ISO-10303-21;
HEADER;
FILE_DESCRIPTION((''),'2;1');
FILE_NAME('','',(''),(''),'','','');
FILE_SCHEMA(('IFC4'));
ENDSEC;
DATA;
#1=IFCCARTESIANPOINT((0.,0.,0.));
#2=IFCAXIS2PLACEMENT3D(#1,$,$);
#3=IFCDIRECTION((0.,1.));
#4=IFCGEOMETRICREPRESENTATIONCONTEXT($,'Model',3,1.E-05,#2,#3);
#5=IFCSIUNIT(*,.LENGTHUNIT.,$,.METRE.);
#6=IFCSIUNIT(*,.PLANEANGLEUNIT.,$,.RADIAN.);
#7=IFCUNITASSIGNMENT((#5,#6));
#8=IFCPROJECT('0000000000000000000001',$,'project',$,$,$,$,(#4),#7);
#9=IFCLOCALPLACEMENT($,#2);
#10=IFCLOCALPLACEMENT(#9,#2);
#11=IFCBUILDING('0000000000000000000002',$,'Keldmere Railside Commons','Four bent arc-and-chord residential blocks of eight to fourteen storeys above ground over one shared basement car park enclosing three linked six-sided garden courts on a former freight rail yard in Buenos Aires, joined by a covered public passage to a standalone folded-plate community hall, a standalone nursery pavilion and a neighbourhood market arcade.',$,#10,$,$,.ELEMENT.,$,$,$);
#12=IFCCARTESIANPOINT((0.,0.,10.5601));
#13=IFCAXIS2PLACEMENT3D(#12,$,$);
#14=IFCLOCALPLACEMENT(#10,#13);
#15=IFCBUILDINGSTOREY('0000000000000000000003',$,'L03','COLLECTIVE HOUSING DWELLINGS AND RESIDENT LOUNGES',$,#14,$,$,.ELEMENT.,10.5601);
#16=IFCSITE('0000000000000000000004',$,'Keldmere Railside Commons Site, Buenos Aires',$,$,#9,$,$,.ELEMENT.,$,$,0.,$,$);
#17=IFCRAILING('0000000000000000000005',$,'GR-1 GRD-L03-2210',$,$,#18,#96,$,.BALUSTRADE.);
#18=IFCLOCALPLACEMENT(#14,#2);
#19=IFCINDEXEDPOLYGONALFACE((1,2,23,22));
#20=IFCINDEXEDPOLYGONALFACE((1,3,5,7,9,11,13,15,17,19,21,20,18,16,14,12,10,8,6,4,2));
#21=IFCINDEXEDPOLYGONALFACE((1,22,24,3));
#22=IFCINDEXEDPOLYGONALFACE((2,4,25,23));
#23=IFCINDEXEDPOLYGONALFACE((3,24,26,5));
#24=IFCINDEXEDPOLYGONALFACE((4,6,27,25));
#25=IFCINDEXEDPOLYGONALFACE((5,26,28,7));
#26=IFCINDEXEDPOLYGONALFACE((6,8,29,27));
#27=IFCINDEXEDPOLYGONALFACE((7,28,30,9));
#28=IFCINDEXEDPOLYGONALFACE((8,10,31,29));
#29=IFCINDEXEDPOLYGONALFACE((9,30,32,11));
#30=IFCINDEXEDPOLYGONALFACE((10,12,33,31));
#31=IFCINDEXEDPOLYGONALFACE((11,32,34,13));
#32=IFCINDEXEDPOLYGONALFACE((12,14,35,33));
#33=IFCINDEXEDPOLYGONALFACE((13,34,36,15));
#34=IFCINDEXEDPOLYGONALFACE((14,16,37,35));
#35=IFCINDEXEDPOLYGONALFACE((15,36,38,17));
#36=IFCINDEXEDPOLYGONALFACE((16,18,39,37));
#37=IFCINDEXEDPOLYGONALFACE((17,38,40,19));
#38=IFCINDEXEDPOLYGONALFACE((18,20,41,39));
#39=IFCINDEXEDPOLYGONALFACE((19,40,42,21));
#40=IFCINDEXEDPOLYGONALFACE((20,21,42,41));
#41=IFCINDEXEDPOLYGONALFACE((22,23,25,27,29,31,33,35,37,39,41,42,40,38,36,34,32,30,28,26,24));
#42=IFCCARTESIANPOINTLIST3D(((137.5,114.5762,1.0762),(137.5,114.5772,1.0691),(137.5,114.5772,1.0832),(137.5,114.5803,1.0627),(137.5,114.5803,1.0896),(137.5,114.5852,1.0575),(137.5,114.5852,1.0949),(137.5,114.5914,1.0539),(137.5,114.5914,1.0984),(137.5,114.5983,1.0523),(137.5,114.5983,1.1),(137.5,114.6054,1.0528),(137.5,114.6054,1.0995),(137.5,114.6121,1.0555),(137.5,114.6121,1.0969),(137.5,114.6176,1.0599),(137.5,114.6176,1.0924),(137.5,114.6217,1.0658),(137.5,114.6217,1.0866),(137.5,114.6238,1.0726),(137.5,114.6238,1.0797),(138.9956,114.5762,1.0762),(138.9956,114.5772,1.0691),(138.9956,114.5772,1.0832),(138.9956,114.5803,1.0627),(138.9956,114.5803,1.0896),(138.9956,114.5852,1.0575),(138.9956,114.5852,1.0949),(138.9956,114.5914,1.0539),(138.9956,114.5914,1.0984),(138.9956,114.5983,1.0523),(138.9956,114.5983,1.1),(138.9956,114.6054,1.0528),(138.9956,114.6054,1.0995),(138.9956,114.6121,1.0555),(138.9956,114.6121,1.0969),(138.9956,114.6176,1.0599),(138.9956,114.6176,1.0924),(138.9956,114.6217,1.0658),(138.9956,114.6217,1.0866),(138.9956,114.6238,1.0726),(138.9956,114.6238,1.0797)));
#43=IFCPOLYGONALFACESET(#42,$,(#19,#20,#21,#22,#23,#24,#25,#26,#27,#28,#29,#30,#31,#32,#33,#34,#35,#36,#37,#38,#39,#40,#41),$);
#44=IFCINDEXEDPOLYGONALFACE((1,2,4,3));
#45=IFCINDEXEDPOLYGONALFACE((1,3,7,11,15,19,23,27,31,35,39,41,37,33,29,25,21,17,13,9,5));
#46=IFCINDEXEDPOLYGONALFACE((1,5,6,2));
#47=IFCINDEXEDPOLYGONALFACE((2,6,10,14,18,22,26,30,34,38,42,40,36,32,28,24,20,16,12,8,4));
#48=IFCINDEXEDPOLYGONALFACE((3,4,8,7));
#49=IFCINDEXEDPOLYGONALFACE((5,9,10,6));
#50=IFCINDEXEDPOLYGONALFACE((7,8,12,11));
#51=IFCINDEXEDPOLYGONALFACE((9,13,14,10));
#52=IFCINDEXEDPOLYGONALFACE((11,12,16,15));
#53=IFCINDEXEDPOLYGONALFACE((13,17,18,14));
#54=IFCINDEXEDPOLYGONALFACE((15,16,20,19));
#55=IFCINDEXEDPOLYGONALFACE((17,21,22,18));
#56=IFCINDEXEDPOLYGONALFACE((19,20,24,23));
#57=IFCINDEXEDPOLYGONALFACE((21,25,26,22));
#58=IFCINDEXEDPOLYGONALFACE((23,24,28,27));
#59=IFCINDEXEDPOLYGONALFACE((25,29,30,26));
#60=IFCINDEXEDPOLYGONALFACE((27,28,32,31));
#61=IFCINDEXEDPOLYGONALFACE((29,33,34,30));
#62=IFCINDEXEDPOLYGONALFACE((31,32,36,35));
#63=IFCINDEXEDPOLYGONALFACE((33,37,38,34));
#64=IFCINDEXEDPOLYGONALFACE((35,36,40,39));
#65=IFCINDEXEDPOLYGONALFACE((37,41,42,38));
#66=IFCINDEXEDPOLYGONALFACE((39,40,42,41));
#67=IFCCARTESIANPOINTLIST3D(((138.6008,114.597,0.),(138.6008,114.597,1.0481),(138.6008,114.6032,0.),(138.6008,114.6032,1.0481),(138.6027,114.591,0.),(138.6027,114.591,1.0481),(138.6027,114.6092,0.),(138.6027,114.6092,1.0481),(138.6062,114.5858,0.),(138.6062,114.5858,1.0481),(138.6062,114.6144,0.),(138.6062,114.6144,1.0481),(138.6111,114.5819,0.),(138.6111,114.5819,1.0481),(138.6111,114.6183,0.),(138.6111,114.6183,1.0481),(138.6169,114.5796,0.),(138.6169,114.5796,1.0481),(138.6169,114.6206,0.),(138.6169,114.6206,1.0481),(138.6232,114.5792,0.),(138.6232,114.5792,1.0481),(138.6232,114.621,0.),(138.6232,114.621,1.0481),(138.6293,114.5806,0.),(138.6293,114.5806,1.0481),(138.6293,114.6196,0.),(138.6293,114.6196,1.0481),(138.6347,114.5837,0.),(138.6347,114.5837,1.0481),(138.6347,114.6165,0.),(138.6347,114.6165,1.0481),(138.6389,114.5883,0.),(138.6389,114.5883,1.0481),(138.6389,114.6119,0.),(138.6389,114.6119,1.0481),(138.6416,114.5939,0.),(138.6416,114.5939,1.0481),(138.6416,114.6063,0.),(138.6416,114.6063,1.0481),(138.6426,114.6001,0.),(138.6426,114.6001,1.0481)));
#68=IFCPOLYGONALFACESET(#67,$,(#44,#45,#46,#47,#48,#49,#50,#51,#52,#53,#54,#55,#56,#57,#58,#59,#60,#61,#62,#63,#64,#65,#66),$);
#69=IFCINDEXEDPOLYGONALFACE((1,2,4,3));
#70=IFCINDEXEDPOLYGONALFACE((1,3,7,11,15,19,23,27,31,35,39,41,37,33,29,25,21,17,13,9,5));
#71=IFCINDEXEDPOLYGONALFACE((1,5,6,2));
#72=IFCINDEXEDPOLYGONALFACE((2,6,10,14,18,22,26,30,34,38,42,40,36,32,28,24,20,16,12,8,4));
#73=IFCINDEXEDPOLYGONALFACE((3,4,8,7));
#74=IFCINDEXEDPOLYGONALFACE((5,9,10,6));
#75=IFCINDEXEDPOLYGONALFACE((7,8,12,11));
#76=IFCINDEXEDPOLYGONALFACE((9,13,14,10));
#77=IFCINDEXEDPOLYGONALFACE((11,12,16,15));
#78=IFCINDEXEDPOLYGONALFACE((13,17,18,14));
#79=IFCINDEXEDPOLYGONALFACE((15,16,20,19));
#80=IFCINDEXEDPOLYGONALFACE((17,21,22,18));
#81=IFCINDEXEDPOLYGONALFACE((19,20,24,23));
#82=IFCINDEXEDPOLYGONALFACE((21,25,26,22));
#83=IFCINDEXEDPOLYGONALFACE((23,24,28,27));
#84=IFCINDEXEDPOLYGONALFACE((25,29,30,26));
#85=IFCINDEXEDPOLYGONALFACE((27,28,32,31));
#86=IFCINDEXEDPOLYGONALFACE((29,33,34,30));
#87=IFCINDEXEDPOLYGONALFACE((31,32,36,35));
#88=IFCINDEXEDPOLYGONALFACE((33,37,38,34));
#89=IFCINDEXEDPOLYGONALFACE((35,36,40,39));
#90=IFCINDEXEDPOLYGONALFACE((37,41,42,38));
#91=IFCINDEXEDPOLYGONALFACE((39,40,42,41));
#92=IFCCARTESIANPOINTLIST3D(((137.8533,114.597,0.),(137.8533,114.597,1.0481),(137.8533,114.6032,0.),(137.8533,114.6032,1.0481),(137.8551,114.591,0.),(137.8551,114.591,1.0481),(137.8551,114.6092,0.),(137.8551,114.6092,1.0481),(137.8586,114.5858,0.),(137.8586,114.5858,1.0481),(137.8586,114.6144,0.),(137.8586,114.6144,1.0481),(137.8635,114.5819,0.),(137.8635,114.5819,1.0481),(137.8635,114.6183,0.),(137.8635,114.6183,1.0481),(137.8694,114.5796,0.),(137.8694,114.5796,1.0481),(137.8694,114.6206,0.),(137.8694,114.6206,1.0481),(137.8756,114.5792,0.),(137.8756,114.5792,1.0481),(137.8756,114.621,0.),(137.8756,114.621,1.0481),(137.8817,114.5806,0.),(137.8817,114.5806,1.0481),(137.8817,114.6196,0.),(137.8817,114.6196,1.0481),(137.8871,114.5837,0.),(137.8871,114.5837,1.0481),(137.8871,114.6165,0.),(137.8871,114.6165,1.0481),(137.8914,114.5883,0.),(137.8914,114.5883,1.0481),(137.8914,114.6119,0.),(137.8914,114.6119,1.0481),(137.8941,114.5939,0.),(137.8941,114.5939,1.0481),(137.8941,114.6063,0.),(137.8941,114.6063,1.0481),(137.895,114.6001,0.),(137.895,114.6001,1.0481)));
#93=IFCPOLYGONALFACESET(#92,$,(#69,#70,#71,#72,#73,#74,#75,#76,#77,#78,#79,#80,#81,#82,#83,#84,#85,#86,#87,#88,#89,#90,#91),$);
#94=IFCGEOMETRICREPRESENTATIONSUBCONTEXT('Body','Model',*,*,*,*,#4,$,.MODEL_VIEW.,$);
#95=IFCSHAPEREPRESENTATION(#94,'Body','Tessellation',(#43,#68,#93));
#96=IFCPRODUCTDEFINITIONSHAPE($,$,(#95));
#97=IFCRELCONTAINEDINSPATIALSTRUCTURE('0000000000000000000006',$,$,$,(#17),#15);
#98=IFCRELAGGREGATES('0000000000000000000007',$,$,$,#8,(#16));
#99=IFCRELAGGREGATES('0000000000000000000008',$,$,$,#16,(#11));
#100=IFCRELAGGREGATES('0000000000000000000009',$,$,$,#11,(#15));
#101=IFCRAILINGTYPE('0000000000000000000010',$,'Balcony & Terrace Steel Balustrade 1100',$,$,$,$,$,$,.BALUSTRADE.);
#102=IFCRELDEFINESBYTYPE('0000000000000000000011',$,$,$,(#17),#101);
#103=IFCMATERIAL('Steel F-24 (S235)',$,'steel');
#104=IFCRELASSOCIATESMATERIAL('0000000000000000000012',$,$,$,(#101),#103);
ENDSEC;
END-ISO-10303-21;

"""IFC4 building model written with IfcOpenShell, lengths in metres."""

from ifc_helpers import new_model, si_unit, direction, frame, origin, origin_2d, place, context, subcontext, project, spatial, circle, extrude, material, type_object, element, save


model = new_model("IFC4")

# Units and contexts
model_context = context("Model", 3, precision=1e-05, world=origin(), true_north=direction((0.0, 1.0)))
body_context = subcontext(model_context, "Body", "Model", "MODEL_VIEW")
ifc_project = project(units=[si_unit("LENGTHUNIT", "METRE"), si_unit("PLANEANGLEUNIT", "RADIAN")], contexts=[model_context])

# Site, building, storey
site_placement = place(None, origin())
site = spatial("IfcSite", under=ifc_project, at=site_placement, Name="Keldmere Railside Commons Site, Buenos Aires", CompositionType="ELEMENT", RefElevation=0.0)
building_placement = place(site_placement, origin())
building = spatial("IfcBuilding", under=site, at=building_placement, Name="Keldmere Railside Commons", Description="Four bent arc-and-chord residential blocks of eight to fourteen storeys above ground over one shared basement car park enclosing three linked six-sided garden courts on a former freight rail yard in Buenos Aires, joined by a covered public passage to a standalone folded-plate community hall, a standalone nursery pavilion and a neighbourhood market arcade.", CompositionType="ELEMENT")
storey_placement = place(building_placement, frame((0.0, 0.0, 10.5601)))
storey = spatial("IfcBuildingStorey", under=building, at=storey_placement, Name="L03", Description="COLLECTIVE HOUSING DWELLINGS AND RESIDENT LOUNGES", CompositionType="ELEMENT", Elevation=10.5601)

# Railing
ifc_material_1 = material(Name="Steel F-24 (S235)", Category="steel")
railing_type = type_object("IfcRailingType", Name="Balcony & Terrace Steel Balustrade 1100", PredefinedType="BALUSTRADE", material=ifc_material_1)
railing_1_placement = place(storey_placement, frame((138.9956, 114.6001, 0.0)))
element("IfcRailing", 1, at=railing_1_placement, inside=storey, type_object=railing_type, Name="GR-1 GRD-L03-2210", PredefinedType="BALUSTRADE", context=body_context, shape_type="SweptSolid", body=[
    extrude(circle(Radius=0.0239, at=origin_2d()), frame((0.0, 0.0, 1.0762), z_axis=(-1.0, 0.0, 0.0), x_axis=(0.0, -1.0, 0.0)), (0.0, 0.0, 1.0), 1.4956),
    extrude(circle(Radius=0.021, at=origin_2d()), frame((-0.374, 0.0, 0.0)), (0.0, 0.0, 1.0), 1.0481),
    extrude(circle(Radius=0.021, at=origin_2d()), frame((-1.1216, 0.0, 0.0)), (0.0, 0.0, 1.0), 1.0481),
])

save(model, "model.ifc")
